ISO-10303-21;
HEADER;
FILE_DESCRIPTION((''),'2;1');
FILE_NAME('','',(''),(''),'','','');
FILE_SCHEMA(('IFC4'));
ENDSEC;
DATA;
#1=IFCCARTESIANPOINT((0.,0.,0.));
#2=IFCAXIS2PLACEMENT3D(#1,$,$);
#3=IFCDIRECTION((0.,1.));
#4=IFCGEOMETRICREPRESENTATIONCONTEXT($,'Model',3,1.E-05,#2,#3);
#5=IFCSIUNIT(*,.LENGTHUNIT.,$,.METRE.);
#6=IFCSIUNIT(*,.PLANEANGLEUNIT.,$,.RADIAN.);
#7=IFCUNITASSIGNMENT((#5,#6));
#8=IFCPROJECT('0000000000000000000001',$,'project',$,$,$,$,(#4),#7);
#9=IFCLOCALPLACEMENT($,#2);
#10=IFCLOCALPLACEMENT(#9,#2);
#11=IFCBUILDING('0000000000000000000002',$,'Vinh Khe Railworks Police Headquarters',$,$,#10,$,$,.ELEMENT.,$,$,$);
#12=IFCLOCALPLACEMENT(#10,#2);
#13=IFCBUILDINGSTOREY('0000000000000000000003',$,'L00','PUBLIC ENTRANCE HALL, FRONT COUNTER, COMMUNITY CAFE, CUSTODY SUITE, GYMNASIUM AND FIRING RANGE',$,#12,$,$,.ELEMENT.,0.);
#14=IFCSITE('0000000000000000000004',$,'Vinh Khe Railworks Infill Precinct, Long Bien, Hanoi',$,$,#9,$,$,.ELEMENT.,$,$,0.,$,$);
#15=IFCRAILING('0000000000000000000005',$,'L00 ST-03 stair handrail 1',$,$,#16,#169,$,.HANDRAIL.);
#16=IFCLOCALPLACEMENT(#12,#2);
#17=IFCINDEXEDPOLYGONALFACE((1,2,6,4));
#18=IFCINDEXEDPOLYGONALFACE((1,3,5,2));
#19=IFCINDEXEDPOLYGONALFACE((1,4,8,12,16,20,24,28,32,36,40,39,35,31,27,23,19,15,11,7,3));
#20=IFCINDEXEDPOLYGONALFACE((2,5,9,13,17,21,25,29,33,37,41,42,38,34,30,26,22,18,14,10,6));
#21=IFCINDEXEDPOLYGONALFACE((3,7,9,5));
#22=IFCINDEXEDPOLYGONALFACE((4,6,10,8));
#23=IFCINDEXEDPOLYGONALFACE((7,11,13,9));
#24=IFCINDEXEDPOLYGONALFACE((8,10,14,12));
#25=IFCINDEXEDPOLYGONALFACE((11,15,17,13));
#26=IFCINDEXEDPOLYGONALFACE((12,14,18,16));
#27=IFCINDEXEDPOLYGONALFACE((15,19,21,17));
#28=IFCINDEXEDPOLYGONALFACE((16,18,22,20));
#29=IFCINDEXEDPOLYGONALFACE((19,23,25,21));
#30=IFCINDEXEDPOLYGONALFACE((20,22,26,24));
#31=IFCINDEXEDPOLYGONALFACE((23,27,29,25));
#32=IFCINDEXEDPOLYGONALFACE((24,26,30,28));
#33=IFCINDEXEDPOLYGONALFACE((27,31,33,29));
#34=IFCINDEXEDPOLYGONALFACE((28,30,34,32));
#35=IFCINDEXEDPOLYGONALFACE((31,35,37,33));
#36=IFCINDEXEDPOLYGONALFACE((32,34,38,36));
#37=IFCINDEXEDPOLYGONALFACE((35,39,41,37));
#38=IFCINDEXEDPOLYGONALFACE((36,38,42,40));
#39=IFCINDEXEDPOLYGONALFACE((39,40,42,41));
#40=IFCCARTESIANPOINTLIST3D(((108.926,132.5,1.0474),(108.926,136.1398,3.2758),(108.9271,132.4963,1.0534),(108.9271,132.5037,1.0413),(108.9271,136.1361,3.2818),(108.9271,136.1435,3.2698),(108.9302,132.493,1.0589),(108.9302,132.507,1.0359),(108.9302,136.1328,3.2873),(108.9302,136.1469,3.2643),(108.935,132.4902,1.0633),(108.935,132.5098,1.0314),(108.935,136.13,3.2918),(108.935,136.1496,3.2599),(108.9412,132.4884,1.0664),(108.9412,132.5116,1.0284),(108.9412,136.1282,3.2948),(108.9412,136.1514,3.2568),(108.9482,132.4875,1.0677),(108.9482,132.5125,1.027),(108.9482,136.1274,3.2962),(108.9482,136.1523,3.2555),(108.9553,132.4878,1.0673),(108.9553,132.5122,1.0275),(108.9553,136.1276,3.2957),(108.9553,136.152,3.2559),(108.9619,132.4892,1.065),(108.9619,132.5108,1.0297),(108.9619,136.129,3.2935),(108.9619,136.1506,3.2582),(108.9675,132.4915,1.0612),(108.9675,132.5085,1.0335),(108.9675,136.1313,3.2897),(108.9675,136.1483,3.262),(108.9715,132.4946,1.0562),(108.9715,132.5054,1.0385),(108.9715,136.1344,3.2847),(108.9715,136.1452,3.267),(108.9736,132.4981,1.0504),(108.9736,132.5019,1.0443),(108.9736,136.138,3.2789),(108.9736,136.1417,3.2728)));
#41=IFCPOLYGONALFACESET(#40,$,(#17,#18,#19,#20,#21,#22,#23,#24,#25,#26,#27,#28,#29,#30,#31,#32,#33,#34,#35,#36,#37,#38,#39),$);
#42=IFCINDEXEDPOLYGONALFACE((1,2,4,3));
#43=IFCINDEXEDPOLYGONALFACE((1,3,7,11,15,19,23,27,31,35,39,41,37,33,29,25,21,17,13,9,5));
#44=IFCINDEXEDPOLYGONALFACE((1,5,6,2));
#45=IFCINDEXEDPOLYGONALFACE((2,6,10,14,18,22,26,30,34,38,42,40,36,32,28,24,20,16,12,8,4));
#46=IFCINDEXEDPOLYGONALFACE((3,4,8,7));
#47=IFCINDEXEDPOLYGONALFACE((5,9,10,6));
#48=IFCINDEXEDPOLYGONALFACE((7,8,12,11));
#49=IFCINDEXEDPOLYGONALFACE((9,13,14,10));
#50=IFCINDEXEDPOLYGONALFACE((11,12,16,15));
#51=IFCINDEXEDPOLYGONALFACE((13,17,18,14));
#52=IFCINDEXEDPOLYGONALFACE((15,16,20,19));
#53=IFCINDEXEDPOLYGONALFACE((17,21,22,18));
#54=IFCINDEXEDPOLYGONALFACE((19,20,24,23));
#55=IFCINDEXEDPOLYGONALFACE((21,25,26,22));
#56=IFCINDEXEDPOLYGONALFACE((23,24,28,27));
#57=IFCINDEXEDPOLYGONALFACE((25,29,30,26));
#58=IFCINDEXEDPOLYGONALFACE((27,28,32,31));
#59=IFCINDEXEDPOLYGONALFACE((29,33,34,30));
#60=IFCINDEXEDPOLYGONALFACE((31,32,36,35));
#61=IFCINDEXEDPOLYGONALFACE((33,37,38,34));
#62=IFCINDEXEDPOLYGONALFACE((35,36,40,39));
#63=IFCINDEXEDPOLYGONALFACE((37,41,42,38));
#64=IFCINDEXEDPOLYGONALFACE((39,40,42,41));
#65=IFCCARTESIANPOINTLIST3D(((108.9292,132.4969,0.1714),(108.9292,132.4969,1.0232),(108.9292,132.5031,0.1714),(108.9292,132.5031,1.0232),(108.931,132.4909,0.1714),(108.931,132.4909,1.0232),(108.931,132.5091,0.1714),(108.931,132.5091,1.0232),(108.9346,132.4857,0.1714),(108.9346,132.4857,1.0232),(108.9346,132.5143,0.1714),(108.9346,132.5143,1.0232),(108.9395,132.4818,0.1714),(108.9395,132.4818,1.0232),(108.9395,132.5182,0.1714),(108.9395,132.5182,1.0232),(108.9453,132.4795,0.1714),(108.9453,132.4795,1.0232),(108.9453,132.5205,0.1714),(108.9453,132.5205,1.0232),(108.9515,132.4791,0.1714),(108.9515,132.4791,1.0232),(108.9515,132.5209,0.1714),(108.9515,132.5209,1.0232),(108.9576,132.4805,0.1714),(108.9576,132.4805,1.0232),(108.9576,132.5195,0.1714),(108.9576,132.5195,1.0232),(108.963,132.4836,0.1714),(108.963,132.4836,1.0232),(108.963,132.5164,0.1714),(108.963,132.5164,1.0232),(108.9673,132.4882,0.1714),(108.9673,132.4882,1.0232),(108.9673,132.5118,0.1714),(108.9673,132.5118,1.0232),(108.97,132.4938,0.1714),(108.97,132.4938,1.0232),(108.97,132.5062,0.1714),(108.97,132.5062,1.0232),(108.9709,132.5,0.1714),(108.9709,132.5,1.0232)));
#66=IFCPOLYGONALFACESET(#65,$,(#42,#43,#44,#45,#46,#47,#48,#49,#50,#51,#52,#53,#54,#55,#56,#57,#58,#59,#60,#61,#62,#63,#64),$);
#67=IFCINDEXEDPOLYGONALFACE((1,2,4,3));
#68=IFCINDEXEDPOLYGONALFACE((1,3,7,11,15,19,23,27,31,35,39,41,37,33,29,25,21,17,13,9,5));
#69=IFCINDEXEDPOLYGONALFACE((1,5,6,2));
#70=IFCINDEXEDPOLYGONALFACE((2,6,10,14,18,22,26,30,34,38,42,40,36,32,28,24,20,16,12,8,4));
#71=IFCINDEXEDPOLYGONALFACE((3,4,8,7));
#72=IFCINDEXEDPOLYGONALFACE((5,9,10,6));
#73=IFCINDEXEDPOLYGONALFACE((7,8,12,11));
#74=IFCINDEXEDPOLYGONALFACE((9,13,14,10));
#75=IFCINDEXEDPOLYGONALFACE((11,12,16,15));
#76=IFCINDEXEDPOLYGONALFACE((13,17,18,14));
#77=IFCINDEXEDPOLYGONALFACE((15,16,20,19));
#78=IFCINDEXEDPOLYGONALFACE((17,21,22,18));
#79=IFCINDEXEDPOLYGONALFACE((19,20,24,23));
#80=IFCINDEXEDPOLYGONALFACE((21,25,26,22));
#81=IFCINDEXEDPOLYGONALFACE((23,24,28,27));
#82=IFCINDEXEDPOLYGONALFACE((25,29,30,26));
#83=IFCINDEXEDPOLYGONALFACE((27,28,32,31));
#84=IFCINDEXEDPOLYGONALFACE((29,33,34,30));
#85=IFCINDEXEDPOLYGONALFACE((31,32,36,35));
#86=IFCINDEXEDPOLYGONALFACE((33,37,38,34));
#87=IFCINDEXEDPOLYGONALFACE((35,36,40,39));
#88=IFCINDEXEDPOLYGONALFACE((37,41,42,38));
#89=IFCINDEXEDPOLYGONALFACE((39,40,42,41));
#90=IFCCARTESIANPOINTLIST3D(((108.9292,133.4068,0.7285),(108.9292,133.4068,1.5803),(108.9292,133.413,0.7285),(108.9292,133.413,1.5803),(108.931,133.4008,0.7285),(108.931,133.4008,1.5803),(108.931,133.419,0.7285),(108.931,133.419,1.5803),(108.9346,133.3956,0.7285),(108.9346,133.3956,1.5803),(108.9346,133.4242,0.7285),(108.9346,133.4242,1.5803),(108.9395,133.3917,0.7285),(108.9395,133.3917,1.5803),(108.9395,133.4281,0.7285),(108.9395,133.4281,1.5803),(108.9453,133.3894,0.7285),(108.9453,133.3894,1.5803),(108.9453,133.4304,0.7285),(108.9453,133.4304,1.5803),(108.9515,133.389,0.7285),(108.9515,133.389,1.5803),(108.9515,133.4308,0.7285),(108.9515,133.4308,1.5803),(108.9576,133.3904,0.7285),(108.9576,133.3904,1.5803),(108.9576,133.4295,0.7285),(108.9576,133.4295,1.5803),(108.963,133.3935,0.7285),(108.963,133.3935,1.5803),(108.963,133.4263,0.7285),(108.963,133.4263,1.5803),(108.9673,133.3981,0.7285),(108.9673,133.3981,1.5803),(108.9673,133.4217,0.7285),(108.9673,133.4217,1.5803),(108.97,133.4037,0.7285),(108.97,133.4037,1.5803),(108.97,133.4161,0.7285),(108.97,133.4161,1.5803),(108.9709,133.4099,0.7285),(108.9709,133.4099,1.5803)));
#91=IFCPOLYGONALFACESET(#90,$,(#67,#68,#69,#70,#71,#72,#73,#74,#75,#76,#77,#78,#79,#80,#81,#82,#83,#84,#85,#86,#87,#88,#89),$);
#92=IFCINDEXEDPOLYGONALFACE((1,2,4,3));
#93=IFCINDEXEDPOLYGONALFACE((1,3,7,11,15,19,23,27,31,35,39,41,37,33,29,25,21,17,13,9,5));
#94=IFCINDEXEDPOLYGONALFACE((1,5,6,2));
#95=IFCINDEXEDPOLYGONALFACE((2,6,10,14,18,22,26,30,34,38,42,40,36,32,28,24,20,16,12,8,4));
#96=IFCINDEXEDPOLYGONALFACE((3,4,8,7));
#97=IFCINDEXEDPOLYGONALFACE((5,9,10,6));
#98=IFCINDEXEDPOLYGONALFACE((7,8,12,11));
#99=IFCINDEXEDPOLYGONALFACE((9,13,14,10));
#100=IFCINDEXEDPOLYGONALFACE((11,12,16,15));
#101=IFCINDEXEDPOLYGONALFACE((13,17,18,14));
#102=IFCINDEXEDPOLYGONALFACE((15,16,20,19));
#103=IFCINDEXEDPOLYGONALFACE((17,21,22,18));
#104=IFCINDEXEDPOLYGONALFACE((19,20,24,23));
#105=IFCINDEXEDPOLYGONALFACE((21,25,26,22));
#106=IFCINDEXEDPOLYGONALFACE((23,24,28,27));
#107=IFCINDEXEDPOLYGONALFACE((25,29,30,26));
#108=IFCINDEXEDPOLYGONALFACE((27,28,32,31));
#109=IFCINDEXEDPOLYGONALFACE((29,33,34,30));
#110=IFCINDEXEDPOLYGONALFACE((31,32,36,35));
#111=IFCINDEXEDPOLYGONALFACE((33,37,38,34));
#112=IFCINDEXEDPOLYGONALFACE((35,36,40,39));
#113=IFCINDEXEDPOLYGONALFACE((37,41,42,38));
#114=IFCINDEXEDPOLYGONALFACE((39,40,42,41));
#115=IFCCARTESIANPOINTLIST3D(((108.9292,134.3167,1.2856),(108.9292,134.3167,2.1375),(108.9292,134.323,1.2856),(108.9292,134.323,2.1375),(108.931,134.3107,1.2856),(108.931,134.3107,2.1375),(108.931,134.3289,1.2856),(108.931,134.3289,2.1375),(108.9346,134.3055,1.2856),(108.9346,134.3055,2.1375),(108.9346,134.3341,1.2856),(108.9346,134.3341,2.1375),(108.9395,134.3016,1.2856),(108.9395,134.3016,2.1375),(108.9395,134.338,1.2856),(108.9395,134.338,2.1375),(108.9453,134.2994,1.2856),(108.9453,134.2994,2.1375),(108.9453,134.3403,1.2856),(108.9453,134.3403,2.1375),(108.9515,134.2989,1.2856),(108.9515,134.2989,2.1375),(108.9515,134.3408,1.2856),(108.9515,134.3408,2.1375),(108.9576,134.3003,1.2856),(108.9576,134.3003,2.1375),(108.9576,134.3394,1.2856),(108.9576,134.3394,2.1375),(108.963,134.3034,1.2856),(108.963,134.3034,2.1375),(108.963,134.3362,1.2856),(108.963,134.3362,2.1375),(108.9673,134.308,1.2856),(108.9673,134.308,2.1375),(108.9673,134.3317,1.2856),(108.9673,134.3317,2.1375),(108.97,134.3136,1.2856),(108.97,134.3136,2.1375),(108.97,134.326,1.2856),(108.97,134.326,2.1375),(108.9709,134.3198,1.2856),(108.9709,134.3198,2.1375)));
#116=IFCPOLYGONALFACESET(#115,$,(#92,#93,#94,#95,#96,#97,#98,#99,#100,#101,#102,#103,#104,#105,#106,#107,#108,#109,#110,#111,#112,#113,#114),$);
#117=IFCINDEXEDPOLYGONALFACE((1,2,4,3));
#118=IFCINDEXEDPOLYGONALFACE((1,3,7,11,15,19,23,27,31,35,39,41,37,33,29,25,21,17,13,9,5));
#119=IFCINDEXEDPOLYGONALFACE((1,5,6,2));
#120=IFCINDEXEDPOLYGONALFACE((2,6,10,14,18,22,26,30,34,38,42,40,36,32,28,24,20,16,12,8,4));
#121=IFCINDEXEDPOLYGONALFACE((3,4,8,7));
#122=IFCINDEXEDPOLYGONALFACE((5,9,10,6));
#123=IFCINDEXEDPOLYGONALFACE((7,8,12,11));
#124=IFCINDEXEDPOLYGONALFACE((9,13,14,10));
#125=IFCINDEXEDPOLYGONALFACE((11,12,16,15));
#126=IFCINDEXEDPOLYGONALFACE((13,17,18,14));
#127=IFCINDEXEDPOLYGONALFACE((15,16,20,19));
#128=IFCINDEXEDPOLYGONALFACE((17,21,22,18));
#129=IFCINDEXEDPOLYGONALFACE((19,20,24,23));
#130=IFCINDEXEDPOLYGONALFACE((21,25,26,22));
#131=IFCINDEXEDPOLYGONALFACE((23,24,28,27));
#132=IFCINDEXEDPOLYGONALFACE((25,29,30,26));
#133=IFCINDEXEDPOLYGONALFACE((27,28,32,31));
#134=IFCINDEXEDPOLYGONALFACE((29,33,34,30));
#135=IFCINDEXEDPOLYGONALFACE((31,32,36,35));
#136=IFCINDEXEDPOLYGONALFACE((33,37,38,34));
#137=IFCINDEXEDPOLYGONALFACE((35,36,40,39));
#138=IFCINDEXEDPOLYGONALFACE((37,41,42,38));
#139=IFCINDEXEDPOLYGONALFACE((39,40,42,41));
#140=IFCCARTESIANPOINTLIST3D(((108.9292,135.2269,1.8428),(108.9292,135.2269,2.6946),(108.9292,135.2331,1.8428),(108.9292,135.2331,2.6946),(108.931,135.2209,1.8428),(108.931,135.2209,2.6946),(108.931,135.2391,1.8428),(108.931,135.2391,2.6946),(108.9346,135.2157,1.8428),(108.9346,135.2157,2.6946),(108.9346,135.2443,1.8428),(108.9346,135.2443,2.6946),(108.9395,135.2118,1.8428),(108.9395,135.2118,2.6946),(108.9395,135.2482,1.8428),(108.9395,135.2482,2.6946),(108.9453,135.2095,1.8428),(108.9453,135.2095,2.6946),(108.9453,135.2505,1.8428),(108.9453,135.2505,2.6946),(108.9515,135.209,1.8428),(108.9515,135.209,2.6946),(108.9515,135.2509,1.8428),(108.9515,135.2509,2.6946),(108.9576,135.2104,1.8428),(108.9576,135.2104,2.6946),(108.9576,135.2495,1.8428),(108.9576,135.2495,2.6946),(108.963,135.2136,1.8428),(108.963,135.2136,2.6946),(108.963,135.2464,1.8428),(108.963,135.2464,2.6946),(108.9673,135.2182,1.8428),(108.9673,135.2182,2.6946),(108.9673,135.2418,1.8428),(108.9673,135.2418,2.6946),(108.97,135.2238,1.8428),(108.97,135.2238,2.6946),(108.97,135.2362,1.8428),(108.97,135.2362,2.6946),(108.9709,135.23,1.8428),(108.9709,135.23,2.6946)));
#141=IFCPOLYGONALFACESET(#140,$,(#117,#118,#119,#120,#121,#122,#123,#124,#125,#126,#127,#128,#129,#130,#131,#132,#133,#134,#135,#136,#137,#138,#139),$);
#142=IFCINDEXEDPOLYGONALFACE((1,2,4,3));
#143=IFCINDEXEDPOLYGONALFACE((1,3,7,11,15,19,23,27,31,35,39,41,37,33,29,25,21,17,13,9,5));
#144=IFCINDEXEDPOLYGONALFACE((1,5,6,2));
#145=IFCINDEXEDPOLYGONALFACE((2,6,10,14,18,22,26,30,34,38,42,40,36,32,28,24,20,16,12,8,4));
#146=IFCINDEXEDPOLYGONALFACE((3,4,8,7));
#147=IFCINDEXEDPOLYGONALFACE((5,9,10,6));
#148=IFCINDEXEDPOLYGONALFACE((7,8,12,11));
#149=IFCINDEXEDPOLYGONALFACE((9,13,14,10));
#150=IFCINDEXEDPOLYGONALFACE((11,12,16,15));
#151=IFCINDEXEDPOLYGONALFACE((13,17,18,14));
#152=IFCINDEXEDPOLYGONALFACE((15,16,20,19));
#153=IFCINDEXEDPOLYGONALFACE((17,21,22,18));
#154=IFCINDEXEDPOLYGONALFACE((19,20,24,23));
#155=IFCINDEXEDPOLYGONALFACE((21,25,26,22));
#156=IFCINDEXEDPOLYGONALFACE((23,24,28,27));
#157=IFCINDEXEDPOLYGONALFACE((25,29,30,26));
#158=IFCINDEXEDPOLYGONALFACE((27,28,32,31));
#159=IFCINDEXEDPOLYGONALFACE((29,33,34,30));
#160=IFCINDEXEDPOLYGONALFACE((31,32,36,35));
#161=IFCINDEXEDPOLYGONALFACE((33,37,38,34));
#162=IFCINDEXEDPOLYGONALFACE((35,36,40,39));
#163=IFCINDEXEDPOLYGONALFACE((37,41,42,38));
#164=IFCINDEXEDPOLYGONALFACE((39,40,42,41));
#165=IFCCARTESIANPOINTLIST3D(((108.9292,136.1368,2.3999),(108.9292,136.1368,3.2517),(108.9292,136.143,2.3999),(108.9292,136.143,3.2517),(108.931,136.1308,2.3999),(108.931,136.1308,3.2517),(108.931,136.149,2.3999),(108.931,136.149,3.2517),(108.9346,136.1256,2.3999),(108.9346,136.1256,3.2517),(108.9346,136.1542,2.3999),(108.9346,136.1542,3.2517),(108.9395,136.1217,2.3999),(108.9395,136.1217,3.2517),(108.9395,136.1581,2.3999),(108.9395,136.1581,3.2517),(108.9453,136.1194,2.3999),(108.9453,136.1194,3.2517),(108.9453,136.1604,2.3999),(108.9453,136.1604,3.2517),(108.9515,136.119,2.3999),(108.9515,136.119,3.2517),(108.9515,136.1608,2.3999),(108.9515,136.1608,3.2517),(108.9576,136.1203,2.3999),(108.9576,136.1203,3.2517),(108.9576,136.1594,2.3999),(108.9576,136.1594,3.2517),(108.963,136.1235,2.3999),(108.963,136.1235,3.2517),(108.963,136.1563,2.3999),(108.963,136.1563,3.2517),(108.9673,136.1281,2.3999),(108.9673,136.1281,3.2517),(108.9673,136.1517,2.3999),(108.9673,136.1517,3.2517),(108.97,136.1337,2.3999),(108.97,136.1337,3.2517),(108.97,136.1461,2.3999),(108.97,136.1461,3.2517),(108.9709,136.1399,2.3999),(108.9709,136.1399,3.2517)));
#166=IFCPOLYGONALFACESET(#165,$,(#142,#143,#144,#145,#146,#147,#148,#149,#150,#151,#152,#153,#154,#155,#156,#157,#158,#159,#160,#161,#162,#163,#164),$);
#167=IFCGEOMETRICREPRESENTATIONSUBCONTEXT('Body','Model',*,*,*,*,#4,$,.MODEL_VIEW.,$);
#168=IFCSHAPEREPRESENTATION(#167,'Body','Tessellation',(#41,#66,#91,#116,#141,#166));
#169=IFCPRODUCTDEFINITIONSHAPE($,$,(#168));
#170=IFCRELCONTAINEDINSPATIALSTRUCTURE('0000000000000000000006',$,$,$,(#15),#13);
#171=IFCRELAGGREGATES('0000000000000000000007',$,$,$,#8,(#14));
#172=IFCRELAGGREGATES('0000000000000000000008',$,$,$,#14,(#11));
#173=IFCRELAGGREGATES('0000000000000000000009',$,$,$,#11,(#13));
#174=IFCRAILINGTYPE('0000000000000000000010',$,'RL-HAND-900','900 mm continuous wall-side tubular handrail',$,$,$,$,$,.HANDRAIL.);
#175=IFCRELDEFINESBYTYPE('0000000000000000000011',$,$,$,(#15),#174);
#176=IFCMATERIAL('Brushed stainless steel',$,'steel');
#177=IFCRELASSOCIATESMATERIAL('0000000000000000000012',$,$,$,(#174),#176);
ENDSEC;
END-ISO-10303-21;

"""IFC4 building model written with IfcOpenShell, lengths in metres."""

from ifc_helpers import new_model, si_unit, direction, frame, origin, origin_2d, place, context, subcontext, project, spatial, circle, extrude, material, type_object, element, save


model = new_model("IFC4")

# Units and contexts
model_context = context("Model", 3, precision=1e-05, world=origin(), true_north=direction((0.0, 1.0)))
body_context = subcontext(model_context, "Body", "Model", "MODEL_VIEW")
ifc_project = project(units=[si_unit("LENGTHUNIT", "METRE"), si_unit("PLANEANGLEUNIT", "RADIAN")], contexts=[model_context])

# Site, building, storey
site_placement = place(None, origin())
site = spatial("IfcSite", under=ifc_project, at=site_placement, Name="Vinh Khe Railworks Infill Precinct, Long Bien, Hanoi", CompositionType="ELEMENT", RefElevation=0.0)
building_placement = place(site_placement, origin())
building = spatial("IfcBuilding", under=site, at=building_placement, Name="Vinh Khe Railworks Police Headquarters", CompositionType="ELEMENT")
storey_placement = place(building_placement, origin())
storey = spatial("IfcBuildingStorey", under=building, at=storey_placement, Name="L00", Description="PUBLIC ENTRANCE HALL, FRONT COUNTER, COMMUNITY CAFE, CUSTODY SUITE, GYMNASIUM AND FIRING RANGE", CompositionType="ELEMENT", Elevation=0.0)

# Railing
ifc_material_1 = material(Name="Brushed stainless steel", Category="steel")
railing_type_1 = type_object("IfcRailingType", Name="RL-HAND-900", Description="900 mm continuous wall-side tubular handrail", PredefinedType="HANDRAIL", material=ifc_material_1)
railing_1_placement = place(storey_placement, frame((108.95, 132.5, 0.1714)))
element("IfcRailing", 1, at=railing_1_placement, inside=storey, type_object=railing_type_1, Name="L00 ST-03 stair handrail 1", PredefinedType="HANDRAIL", context=body_context, shape_type="SweptSolid", body=[
    extrude(circle(Radius=0.0239, at=origin_2d()), frame((0.0, 0.0, 0.876), z_axis=(0.0, 0.85285, 0.522156), x_axis=(-1.0, 0.0, 0.0)), (0.0, 0.0, 1.0), 4.2678),
    extrude(circle(Radius=0.021, at=origin_2d()), origin(), (0.0, 0.0, 1.0), 0.8518),
    extrude(circle(Radius=0.021, at=origin_2d()), frame((0.0, 0.9099, 0.5571)), (0.0, 0.0, 1.0), 0.8518),
    extrude(circle(Radius=0.021, at=origin_2d()), frame((0.0, 1.8198, 1.1143)), (0.0, 0.0, 1.0), 0.8518),
    extrude(circle(Radius=0.021, at=origin_2d()), frame((0.0, 2.73, 1.6714)), (0.0, 0.0, 1.0), 0.8518),
    extrude(circle(Radius=0.021, at=origin_2d()), frame((0.0, 3.6399, 2.2285)), (0.0, 0.0, 1.0), 0.8518),
])

save(model, "model.ifc")
